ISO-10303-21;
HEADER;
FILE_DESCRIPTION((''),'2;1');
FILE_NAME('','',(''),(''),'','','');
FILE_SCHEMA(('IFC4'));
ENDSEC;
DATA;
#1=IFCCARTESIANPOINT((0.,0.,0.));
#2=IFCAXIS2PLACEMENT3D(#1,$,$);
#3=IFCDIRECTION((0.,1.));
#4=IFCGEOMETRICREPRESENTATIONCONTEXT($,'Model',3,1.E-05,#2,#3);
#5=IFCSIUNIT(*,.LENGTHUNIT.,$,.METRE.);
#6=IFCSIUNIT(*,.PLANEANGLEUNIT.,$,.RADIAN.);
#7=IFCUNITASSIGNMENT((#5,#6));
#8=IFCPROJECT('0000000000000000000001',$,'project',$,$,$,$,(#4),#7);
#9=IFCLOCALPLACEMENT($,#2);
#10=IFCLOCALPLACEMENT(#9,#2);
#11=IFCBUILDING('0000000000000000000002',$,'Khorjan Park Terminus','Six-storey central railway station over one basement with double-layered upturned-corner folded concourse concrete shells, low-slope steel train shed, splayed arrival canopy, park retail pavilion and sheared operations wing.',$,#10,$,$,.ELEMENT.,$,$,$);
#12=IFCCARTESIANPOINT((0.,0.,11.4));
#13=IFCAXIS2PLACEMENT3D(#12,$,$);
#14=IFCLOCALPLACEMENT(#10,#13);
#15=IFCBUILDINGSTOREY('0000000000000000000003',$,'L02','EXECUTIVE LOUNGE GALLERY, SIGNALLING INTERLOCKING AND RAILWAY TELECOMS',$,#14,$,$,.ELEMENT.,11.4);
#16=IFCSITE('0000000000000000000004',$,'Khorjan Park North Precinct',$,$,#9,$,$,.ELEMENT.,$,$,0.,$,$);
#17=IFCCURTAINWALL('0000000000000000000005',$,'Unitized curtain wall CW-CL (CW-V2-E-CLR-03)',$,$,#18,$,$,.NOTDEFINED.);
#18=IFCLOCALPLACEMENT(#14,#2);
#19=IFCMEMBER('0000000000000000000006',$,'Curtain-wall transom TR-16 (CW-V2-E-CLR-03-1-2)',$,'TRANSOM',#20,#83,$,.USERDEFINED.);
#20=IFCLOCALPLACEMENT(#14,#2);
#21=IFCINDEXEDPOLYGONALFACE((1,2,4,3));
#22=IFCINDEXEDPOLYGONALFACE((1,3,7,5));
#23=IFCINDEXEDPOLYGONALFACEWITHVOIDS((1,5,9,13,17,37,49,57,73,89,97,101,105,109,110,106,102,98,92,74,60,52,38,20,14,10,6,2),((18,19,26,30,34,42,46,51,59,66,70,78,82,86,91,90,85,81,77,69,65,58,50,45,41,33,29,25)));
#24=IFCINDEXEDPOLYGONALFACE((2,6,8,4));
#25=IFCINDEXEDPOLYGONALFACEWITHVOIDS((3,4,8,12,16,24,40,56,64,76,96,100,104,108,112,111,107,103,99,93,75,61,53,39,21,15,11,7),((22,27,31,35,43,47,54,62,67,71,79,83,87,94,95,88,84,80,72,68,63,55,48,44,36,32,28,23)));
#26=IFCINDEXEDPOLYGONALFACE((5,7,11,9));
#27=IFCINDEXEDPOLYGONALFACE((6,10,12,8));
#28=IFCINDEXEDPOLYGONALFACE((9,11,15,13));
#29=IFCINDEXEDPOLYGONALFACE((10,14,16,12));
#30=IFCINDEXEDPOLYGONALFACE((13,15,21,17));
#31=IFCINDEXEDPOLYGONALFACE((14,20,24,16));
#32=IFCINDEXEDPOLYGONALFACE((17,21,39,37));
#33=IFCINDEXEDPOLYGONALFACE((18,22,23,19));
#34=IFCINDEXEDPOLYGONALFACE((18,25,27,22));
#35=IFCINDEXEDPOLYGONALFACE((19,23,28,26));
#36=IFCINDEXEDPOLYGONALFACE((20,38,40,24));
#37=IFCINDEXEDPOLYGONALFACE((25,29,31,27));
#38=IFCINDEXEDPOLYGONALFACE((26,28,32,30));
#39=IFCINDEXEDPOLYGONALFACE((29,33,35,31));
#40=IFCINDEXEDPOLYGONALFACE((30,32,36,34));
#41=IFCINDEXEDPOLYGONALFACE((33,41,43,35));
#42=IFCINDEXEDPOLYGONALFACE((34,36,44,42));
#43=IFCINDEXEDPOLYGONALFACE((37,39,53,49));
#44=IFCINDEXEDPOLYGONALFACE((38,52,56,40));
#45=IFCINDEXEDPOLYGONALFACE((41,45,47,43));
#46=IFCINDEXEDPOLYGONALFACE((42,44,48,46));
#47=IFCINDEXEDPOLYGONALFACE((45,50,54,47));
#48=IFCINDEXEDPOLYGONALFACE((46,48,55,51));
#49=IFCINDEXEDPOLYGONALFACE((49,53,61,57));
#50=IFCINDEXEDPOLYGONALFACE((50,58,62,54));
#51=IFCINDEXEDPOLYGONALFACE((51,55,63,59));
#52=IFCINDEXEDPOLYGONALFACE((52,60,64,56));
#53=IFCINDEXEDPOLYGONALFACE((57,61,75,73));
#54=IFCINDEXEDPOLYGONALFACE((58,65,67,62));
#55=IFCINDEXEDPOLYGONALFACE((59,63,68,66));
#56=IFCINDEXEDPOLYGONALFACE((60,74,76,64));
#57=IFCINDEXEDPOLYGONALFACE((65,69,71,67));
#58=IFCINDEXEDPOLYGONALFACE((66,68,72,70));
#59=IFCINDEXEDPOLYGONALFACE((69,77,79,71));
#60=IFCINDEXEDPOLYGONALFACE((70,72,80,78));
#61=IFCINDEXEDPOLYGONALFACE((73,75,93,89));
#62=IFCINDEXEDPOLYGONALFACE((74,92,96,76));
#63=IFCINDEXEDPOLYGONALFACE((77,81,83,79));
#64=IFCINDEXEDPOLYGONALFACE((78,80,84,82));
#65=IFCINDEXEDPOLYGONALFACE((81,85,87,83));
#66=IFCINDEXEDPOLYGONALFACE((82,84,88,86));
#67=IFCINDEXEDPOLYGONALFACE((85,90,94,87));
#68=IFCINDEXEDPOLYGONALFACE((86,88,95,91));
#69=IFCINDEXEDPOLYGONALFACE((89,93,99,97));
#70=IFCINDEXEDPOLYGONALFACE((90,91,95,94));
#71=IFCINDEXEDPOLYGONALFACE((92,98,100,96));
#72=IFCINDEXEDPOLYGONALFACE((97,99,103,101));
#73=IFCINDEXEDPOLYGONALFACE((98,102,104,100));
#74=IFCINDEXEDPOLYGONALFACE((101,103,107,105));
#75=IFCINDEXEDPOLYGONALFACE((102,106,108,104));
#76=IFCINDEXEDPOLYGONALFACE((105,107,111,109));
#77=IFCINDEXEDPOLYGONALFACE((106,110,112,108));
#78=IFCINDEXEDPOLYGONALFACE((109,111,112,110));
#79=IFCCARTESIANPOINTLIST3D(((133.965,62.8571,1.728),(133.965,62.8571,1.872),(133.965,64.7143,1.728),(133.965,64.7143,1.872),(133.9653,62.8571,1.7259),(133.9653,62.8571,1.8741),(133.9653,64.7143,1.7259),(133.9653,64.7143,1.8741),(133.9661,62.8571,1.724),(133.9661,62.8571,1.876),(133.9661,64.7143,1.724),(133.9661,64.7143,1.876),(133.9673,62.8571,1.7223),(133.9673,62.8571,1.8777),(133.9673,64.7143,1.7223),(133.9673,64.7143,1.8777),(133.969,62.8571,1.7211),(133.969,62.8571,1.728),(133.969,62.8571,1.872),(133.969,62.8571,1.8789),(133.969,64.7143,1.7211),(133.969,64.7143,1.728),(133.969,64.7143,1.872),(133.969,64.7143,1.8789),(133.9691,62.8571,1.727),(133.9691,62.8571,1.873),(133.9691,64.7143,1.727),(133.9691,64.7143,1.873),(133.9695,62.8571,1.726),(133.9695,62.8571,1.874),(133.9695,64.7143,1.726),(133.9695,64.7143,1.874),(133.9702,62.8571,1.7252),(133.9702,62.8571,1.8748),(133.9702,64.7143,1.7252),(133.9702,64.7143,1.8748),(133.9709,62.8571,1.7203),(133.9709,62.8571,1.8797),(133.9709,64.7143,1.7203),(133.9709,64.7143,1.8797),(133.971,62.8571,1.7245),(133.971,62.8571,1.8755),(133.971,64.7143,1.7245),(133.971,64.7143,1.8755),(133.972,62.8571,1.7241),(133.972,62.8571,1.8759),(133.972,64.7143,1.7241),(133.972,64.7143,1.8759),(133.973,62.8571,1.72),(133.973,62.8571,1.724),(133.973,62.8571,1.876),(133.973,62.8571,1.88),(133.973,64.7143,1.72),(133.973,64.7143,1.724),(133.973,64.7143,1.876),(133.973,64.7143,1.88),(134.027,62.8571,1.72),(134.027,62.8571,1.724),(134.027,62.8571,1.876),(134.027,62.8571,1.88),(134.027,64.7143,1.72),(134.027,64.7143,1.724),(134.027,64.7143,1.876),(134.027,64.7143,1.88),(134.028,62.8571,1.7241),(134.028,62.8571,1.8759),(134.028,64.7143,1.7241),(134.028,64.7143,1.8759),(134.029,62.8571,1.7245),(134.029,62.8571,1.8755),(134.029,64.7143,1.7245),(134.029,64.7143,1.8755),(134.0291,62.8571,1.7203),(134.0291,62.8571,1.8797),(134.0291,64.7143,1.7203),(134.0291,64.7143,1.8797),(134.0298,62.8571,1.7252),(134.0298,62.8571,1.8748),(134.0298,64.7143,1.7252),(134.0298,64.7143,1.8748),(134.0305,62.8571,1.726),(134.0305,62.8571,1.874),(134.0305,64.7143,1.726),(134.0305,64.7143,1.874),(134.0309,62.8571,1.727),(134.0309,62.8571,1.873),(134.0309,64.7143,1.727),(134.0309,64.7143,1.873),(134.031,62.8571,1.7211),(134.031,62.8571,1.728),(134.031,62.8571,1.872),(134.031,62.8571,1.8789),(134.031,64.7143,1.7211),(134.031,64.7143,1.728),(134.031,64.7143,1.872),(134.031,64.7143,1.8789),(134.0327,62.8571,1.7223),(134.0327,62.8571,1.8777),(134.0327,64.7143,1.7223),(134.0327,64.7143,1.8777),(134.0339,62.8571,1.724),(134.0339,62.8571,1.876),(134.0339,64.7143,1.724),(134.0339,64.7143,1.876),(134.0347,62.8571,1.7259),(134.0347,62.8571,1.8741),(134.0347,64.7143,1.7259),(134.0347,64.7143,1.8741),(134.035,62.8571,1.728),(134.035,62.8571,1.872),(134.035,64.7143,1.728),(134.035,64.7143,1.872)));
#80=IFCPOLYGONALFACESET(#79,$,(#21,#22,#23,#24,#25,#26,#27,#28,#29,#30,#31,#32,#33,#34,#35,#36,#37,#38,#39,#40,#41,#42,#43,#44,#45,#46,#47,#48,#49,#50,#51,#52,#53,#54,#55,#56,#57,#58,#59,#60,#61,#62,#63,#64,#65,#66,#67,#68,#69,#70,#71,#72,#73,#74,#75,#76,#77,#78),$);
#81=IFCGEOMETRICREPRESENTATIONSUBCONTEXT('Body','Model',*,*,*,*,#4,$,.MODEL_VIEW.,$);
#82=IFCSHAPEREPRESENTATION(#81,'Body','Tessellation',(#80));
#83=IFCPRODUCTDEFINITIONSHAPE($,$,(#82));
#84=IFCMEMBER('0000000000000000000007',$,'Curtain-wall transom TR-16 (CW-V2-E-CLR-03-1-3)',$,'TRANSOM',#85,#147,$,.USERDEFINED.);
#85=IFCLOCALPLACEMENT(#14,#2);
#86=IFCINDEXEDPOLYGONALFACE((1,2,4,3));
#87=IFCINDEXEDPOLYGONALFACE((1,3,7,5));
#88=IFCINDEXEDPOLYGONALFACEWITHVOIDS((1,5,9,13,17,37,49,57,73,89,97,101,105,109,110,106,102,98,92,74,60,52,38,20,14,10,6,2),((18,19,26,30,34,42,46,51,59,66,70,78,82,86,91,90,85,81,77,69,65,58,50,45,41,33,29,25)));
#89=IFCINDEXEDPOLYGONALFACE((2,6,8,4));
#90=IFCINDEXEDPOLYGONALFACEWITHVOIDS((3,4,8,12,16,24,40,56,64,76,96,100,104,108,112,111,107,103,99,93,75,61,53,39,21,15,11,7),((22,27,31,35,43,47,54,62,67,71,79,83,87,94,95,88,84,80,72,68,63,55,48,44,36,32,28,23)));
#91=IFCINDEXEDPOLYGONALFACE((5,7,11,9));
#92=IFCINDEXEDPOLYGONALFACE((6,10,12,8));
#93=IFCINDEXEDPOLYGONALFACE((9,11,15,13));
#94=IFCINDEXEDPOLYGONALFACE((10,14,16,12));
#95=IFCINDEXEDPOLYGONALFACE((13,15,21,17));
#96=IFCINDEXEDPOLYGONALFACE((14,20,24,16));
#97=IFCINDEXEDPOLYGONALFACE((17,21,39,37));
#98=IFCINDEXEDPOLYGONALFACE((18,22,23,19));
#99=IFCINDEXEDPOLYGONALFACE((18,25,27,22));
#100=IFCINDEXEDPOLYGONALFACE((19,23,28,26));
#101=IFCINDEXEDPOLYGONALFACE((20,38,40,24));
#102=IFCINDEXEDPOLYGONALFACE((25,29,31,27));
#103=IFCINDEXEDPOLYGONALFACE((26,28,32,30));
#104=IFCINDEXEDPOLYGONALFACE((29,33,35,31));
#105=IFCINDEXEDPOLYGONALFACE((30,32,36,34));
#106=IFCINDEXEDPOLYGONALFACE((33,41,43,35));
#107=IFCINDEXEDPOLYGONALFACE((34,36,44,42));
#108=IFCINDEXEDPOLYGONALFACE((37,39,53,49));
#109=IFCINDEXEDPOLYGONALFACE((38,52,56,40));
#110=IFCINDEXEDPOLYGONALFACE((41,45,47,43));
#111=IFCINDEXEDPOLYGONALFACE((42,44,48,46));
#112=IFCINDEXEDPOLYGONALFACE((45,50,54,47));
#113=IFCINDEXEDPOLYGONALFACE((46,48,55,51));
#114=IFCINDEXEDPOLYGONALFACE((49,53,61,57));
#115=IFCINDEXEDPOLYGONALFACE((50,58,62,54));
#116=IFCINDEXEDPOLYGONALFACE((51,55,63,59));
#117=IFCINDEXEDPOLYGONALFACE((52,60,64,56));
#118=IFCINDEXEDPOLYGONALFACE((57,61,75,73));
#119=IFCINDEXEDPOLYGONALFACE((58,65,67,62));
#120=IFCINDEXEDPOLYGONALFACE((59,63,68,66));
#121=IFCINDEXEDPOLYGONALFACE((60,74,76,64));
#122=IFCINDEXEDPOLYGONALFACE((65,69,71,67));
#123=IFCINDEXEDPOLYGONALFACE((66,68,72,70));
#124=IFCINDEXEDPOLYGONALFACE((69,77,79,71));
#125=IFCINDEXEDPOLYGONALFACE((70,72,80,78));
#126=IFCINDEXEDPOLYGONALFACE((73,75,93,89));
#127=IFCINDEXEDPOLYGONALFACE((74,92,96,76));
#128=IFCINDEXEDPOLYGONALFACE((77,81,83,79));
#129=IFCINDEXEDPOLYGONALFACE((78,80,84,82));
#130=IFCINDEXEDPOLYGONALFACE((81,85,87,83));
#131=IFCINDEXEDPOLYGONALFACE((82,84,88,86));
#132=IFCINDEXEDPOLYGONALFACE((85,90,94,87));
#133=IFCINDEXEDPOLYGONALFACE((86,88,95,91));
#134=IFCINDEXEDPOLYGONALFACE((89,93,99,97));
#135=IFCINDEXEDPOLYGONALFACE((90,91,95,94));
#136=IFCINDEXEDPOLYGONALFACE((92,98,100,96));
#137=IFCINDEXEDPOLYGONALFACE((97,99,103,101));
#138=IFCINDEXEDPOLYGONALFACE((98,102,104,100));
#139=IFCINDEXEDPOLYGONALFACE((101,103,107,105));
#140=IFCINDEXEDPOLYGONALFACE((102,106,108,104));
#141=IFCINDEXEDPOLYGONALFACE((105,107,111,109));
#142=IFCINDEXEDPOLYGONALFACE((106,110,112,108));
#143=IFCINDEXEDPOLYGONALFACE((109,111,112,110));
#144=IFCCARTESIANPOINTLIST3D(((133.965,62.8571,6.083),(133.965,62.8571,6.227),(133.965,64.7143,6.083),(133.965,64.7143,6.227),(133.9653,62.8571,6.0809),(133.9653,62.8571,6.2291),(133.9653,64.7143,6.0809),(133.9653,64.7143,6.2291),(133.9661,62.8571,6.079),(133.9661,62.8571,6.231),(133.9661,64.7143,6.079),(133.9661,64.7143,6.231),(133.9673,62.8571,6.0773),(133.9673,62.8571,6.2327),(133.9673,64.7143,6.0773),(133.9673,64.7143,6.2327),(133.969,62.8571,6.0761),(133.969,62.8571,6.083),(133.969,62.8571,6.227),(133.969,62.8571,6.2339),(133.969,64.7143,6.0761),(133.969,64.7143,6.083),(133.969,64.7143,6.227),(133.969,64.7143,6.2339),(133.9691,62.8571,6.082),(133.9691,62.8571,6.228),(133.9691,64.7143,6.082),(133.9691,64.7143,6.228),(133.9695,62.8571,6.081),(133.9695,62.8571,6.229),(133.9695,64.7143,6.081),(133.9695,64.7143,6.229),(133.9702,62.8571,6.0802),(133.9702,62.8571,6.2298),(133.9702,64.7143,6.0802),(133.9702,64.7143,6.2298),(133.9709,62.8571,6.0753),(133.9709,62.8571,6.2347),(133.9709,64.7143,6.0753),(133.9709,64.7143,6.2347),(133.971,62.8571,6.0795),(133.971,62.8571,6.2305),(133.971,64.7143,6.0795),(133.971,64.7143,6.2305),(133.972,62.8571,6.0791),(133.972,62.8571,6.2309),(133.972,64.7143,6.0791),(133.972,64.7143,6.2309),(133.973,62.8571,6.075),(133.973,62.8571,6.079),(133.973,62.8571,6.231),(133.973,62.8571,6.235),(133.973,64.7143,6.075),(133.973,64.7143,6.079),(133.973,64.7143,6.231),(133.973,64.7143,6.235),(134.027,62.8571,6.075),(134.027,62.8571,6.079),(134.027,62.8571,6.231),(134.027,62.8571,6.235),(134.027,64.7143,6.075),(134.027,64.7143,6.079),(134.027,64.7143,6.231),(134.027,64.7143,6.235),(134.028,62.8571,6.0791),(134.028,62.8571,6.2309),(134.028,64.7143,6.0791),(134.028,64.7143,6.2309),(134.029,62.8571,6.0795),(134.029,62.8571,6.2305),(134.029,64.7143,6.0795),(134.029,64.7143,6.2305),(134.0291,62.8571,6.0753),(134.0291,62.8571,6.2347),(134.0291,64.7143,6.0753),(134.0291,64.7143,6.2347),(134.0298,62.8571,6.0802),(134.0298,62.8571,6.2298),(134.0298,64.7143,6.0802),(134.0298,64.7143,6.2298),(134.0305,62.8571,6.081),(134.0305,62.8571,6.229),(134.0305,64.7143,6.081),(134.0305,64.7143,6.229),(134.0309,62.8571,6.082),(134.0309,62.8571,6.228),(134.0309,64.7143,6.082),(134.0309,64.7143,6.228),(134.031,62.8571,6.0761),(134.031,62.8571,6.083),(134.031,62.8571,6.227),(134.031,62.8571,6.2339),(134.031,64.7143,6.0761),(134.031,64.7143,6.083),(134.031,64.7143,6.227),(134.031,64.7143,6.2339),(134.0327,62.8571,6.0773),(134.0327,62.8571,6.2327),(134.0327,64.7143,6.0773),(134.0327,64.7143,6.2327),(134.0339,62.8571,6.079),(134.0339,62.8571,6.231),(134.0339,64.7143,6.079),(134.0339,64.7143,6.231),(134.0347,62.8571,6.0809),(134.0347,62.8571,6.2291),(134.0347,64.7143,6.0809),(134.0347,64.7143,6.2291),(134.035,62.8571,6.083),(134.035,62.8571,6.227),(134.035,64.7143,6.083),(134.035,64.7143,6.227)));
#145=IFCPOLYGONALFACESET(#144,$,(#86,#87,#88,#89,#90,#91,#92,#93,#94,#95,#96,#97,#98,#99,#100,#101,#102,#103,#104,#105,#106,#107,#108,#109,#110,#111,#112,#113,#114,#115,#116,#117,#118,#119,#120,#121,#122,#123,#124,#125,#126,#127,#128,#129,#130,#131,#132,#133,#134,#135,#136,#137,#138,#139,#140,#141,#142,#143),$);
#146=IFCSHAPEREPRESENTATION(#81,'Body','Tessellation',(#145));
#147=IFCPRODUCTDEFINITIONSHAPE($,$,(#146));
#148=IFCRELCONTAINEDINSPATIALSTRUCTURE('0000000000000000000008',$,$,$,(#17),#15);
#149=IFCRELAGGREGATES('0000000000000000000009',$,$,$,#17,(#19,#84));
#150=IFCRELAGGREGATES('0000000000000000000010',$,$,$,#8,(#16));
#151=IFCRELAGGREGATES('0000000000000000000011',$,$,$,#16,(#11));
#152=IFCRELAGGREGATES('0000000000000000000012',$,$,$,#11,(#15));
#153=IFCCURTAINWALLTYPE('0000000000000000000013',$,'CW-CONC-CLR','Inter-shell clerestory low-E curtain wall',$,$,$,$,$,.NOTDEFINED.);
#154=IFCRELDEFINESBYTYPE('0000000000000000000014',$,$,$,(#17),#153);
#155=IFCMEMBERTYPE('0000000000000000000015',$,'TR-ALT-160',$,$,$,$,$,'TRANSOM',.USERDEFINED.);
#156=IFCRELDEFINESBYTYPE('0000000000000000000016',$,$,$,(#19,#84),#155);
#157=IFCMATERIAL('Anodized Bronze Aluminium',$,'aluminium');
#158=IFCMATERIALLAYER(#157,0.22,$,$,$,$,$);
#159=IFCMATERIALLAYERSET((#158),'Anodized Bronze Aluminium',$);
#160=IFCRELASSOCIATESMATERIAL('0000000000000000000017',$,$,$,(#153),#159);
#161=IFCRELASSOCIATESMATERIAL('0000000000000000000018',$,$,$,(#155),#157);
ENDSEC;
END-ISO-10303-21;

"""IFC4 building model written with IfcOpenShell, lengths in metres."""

from ifc_helpers import new_model, si_unit, direction, frame, origin, origin_2d, place, context, subcontext, project, spatial, hollow_rectangle, extrude, material, layer, layer_set, material_profile, profile_set, type_object, element, aggregate, save


model = new_model("IFC4")

# Units and contexts
model_context = context("Model", 3, precision=1e-05, world=origin(), true_north=direction((0.0, 1.0)))
body_context = subcontext(model_context, "Body", "Model", "MODEL_VIEW")
ifc_project = project(units=[si_unit("LENGTHUNIT", "METRE"), si_unit("PLANEANGLEUNIT", "RADIAN")], contexts=[model_context])

# Site, building, storey
site_placement = place(None, origin())
site = spatial("IfcSite", under=ifc_project, at=site_placement, Name="Khorjan Park North Precinct", CompositionType="ELEMENT", RefElevation=0.0)
building_placement = place(site_placement, origin())
building = spatial("IfcBuilding", under=site, at=building_placement, Name="Khorjan Park Terminus", Description="Six-storey central railway station over one basement with double-layered upturned-corner folded concourse concrete shells, low-slope steel train shed, splayed arrival canopy, park retail pavilion and sheared operations wing.", CompositionType="ELEMENT")
storey_placement = place(building_placement, frame((0.0, 0.0, 11.4)))
storey = spatial("IfcBuildingStorey", under=building, at=storey_placement, Name="L02", Description="EXECUTIVE LOUNGE GALLERY, SIGNALLING INTERLOCKING AND RAILWAY TELECOMS", CompositionType="ELEMENT", Elevation=11.4)

# Shared definitions
ifc_material_1 = material(Name="Anodized Bronze Aluminium", Category="aluminium")
ifc_layer_1 = layer(ifc_material_1, 0.22)
ifc_layer_set_1 = layer_set([ifc_layer_1], Name="Anodized Bronze Aluminium")
curtain_wall_type = type_object("IfcCurtainWallType", Name="CW-CONC-CLR", Description="Inter-shell clerestory low-E curtain wall", PredefinedType="NOTDEFINED", material=ifc_layer_set_1)

# Curtain wall
curtain_wall_1_placement = place(storey_placement, origin())
curtain_wall_1 = element("IfcCurtainWall", 1, at=curtain_wall_1_placement, inside=storey, type_object=curtain_wall_type, Name="Unitized curtain wall CW-CL (CW-V2-E-CLR-03)", PredefinedType="NOTDEFINED")

# Members
ifc_material_profile_1 = material_profile(ifc_material_1, hollow_rectangle(XDim=0.07, YDim=0.16, WallThickness=0.004, InnerFilletRadius=0.004, OuterFilletRadius=0.008, at=origin_2d()), Name="ALT 70x160x4")
ifc_profile_set_1 = profile_set([ifc_material_profile_1], Name="Anodized Bronze Aluminium")
member_type_1 = type_object("IfcMemberType", Name="TR-ALT-160", ElementType="TRANSOM", PredefinedType="USERDEFINED", material=ifc_profile_set_1)
member_1_placement = place(storey_placement, frame((134.0, 62.8571, 1.8), z_axis=(0.0, 1.0, 0.0), x_axis=(-1.0, 0.0, 0.0)))
member_1 = element("IfcMember", 2, at=member_1_placement, type_object=member_type_1, Name="Curtain-wall transom TR-16 (CW-V2-E-CLR-03-1-2)", ObjectType="TRANSOM", PredefinedType="USERDEFINED", context=body_context, shape_type="SweptSolid", body=[
    extrude(hollow_rectangle(XDim=0.07, YDim=0.16, WallThickness=0.004, InnerFilletRadius=0.004, OuterFilletRadius=0.008, at=origin_2d()), origin(), (0.0, 0.0, 1.0), 1.8572),
])
member_2_placement = place(storey_placement, frame((134.0, 62.8571, 6.155), z_axis=(0.0, 1.0, 0.0), x_axis=(-1.0, 0.0, 0.0)))
member_2 = element("IfcMember", 3, at=member_2_placement, type_object=member_type_1, Name="Curtain-wall transom TR-16 (CW-V2-E-CLR-03-1-3)", ObjectType="TRANSOM", PredefinedType="USERDEFINED", context=body_context, shape_type="SweptSolid", body=[
    extrude(hollow_rectangle(XDim=0.07, YDim=0.16, WallThickness=0.004, InnerFilletRadius=0.004, OuterFilletRadius=0.008, at=origin_2d()), origin(), (0.0, 0.0, 1.0), 1.8572),
])

aggregate(curtain_wall_1, [member_1, member_2])

save(model, "model.ifc")
